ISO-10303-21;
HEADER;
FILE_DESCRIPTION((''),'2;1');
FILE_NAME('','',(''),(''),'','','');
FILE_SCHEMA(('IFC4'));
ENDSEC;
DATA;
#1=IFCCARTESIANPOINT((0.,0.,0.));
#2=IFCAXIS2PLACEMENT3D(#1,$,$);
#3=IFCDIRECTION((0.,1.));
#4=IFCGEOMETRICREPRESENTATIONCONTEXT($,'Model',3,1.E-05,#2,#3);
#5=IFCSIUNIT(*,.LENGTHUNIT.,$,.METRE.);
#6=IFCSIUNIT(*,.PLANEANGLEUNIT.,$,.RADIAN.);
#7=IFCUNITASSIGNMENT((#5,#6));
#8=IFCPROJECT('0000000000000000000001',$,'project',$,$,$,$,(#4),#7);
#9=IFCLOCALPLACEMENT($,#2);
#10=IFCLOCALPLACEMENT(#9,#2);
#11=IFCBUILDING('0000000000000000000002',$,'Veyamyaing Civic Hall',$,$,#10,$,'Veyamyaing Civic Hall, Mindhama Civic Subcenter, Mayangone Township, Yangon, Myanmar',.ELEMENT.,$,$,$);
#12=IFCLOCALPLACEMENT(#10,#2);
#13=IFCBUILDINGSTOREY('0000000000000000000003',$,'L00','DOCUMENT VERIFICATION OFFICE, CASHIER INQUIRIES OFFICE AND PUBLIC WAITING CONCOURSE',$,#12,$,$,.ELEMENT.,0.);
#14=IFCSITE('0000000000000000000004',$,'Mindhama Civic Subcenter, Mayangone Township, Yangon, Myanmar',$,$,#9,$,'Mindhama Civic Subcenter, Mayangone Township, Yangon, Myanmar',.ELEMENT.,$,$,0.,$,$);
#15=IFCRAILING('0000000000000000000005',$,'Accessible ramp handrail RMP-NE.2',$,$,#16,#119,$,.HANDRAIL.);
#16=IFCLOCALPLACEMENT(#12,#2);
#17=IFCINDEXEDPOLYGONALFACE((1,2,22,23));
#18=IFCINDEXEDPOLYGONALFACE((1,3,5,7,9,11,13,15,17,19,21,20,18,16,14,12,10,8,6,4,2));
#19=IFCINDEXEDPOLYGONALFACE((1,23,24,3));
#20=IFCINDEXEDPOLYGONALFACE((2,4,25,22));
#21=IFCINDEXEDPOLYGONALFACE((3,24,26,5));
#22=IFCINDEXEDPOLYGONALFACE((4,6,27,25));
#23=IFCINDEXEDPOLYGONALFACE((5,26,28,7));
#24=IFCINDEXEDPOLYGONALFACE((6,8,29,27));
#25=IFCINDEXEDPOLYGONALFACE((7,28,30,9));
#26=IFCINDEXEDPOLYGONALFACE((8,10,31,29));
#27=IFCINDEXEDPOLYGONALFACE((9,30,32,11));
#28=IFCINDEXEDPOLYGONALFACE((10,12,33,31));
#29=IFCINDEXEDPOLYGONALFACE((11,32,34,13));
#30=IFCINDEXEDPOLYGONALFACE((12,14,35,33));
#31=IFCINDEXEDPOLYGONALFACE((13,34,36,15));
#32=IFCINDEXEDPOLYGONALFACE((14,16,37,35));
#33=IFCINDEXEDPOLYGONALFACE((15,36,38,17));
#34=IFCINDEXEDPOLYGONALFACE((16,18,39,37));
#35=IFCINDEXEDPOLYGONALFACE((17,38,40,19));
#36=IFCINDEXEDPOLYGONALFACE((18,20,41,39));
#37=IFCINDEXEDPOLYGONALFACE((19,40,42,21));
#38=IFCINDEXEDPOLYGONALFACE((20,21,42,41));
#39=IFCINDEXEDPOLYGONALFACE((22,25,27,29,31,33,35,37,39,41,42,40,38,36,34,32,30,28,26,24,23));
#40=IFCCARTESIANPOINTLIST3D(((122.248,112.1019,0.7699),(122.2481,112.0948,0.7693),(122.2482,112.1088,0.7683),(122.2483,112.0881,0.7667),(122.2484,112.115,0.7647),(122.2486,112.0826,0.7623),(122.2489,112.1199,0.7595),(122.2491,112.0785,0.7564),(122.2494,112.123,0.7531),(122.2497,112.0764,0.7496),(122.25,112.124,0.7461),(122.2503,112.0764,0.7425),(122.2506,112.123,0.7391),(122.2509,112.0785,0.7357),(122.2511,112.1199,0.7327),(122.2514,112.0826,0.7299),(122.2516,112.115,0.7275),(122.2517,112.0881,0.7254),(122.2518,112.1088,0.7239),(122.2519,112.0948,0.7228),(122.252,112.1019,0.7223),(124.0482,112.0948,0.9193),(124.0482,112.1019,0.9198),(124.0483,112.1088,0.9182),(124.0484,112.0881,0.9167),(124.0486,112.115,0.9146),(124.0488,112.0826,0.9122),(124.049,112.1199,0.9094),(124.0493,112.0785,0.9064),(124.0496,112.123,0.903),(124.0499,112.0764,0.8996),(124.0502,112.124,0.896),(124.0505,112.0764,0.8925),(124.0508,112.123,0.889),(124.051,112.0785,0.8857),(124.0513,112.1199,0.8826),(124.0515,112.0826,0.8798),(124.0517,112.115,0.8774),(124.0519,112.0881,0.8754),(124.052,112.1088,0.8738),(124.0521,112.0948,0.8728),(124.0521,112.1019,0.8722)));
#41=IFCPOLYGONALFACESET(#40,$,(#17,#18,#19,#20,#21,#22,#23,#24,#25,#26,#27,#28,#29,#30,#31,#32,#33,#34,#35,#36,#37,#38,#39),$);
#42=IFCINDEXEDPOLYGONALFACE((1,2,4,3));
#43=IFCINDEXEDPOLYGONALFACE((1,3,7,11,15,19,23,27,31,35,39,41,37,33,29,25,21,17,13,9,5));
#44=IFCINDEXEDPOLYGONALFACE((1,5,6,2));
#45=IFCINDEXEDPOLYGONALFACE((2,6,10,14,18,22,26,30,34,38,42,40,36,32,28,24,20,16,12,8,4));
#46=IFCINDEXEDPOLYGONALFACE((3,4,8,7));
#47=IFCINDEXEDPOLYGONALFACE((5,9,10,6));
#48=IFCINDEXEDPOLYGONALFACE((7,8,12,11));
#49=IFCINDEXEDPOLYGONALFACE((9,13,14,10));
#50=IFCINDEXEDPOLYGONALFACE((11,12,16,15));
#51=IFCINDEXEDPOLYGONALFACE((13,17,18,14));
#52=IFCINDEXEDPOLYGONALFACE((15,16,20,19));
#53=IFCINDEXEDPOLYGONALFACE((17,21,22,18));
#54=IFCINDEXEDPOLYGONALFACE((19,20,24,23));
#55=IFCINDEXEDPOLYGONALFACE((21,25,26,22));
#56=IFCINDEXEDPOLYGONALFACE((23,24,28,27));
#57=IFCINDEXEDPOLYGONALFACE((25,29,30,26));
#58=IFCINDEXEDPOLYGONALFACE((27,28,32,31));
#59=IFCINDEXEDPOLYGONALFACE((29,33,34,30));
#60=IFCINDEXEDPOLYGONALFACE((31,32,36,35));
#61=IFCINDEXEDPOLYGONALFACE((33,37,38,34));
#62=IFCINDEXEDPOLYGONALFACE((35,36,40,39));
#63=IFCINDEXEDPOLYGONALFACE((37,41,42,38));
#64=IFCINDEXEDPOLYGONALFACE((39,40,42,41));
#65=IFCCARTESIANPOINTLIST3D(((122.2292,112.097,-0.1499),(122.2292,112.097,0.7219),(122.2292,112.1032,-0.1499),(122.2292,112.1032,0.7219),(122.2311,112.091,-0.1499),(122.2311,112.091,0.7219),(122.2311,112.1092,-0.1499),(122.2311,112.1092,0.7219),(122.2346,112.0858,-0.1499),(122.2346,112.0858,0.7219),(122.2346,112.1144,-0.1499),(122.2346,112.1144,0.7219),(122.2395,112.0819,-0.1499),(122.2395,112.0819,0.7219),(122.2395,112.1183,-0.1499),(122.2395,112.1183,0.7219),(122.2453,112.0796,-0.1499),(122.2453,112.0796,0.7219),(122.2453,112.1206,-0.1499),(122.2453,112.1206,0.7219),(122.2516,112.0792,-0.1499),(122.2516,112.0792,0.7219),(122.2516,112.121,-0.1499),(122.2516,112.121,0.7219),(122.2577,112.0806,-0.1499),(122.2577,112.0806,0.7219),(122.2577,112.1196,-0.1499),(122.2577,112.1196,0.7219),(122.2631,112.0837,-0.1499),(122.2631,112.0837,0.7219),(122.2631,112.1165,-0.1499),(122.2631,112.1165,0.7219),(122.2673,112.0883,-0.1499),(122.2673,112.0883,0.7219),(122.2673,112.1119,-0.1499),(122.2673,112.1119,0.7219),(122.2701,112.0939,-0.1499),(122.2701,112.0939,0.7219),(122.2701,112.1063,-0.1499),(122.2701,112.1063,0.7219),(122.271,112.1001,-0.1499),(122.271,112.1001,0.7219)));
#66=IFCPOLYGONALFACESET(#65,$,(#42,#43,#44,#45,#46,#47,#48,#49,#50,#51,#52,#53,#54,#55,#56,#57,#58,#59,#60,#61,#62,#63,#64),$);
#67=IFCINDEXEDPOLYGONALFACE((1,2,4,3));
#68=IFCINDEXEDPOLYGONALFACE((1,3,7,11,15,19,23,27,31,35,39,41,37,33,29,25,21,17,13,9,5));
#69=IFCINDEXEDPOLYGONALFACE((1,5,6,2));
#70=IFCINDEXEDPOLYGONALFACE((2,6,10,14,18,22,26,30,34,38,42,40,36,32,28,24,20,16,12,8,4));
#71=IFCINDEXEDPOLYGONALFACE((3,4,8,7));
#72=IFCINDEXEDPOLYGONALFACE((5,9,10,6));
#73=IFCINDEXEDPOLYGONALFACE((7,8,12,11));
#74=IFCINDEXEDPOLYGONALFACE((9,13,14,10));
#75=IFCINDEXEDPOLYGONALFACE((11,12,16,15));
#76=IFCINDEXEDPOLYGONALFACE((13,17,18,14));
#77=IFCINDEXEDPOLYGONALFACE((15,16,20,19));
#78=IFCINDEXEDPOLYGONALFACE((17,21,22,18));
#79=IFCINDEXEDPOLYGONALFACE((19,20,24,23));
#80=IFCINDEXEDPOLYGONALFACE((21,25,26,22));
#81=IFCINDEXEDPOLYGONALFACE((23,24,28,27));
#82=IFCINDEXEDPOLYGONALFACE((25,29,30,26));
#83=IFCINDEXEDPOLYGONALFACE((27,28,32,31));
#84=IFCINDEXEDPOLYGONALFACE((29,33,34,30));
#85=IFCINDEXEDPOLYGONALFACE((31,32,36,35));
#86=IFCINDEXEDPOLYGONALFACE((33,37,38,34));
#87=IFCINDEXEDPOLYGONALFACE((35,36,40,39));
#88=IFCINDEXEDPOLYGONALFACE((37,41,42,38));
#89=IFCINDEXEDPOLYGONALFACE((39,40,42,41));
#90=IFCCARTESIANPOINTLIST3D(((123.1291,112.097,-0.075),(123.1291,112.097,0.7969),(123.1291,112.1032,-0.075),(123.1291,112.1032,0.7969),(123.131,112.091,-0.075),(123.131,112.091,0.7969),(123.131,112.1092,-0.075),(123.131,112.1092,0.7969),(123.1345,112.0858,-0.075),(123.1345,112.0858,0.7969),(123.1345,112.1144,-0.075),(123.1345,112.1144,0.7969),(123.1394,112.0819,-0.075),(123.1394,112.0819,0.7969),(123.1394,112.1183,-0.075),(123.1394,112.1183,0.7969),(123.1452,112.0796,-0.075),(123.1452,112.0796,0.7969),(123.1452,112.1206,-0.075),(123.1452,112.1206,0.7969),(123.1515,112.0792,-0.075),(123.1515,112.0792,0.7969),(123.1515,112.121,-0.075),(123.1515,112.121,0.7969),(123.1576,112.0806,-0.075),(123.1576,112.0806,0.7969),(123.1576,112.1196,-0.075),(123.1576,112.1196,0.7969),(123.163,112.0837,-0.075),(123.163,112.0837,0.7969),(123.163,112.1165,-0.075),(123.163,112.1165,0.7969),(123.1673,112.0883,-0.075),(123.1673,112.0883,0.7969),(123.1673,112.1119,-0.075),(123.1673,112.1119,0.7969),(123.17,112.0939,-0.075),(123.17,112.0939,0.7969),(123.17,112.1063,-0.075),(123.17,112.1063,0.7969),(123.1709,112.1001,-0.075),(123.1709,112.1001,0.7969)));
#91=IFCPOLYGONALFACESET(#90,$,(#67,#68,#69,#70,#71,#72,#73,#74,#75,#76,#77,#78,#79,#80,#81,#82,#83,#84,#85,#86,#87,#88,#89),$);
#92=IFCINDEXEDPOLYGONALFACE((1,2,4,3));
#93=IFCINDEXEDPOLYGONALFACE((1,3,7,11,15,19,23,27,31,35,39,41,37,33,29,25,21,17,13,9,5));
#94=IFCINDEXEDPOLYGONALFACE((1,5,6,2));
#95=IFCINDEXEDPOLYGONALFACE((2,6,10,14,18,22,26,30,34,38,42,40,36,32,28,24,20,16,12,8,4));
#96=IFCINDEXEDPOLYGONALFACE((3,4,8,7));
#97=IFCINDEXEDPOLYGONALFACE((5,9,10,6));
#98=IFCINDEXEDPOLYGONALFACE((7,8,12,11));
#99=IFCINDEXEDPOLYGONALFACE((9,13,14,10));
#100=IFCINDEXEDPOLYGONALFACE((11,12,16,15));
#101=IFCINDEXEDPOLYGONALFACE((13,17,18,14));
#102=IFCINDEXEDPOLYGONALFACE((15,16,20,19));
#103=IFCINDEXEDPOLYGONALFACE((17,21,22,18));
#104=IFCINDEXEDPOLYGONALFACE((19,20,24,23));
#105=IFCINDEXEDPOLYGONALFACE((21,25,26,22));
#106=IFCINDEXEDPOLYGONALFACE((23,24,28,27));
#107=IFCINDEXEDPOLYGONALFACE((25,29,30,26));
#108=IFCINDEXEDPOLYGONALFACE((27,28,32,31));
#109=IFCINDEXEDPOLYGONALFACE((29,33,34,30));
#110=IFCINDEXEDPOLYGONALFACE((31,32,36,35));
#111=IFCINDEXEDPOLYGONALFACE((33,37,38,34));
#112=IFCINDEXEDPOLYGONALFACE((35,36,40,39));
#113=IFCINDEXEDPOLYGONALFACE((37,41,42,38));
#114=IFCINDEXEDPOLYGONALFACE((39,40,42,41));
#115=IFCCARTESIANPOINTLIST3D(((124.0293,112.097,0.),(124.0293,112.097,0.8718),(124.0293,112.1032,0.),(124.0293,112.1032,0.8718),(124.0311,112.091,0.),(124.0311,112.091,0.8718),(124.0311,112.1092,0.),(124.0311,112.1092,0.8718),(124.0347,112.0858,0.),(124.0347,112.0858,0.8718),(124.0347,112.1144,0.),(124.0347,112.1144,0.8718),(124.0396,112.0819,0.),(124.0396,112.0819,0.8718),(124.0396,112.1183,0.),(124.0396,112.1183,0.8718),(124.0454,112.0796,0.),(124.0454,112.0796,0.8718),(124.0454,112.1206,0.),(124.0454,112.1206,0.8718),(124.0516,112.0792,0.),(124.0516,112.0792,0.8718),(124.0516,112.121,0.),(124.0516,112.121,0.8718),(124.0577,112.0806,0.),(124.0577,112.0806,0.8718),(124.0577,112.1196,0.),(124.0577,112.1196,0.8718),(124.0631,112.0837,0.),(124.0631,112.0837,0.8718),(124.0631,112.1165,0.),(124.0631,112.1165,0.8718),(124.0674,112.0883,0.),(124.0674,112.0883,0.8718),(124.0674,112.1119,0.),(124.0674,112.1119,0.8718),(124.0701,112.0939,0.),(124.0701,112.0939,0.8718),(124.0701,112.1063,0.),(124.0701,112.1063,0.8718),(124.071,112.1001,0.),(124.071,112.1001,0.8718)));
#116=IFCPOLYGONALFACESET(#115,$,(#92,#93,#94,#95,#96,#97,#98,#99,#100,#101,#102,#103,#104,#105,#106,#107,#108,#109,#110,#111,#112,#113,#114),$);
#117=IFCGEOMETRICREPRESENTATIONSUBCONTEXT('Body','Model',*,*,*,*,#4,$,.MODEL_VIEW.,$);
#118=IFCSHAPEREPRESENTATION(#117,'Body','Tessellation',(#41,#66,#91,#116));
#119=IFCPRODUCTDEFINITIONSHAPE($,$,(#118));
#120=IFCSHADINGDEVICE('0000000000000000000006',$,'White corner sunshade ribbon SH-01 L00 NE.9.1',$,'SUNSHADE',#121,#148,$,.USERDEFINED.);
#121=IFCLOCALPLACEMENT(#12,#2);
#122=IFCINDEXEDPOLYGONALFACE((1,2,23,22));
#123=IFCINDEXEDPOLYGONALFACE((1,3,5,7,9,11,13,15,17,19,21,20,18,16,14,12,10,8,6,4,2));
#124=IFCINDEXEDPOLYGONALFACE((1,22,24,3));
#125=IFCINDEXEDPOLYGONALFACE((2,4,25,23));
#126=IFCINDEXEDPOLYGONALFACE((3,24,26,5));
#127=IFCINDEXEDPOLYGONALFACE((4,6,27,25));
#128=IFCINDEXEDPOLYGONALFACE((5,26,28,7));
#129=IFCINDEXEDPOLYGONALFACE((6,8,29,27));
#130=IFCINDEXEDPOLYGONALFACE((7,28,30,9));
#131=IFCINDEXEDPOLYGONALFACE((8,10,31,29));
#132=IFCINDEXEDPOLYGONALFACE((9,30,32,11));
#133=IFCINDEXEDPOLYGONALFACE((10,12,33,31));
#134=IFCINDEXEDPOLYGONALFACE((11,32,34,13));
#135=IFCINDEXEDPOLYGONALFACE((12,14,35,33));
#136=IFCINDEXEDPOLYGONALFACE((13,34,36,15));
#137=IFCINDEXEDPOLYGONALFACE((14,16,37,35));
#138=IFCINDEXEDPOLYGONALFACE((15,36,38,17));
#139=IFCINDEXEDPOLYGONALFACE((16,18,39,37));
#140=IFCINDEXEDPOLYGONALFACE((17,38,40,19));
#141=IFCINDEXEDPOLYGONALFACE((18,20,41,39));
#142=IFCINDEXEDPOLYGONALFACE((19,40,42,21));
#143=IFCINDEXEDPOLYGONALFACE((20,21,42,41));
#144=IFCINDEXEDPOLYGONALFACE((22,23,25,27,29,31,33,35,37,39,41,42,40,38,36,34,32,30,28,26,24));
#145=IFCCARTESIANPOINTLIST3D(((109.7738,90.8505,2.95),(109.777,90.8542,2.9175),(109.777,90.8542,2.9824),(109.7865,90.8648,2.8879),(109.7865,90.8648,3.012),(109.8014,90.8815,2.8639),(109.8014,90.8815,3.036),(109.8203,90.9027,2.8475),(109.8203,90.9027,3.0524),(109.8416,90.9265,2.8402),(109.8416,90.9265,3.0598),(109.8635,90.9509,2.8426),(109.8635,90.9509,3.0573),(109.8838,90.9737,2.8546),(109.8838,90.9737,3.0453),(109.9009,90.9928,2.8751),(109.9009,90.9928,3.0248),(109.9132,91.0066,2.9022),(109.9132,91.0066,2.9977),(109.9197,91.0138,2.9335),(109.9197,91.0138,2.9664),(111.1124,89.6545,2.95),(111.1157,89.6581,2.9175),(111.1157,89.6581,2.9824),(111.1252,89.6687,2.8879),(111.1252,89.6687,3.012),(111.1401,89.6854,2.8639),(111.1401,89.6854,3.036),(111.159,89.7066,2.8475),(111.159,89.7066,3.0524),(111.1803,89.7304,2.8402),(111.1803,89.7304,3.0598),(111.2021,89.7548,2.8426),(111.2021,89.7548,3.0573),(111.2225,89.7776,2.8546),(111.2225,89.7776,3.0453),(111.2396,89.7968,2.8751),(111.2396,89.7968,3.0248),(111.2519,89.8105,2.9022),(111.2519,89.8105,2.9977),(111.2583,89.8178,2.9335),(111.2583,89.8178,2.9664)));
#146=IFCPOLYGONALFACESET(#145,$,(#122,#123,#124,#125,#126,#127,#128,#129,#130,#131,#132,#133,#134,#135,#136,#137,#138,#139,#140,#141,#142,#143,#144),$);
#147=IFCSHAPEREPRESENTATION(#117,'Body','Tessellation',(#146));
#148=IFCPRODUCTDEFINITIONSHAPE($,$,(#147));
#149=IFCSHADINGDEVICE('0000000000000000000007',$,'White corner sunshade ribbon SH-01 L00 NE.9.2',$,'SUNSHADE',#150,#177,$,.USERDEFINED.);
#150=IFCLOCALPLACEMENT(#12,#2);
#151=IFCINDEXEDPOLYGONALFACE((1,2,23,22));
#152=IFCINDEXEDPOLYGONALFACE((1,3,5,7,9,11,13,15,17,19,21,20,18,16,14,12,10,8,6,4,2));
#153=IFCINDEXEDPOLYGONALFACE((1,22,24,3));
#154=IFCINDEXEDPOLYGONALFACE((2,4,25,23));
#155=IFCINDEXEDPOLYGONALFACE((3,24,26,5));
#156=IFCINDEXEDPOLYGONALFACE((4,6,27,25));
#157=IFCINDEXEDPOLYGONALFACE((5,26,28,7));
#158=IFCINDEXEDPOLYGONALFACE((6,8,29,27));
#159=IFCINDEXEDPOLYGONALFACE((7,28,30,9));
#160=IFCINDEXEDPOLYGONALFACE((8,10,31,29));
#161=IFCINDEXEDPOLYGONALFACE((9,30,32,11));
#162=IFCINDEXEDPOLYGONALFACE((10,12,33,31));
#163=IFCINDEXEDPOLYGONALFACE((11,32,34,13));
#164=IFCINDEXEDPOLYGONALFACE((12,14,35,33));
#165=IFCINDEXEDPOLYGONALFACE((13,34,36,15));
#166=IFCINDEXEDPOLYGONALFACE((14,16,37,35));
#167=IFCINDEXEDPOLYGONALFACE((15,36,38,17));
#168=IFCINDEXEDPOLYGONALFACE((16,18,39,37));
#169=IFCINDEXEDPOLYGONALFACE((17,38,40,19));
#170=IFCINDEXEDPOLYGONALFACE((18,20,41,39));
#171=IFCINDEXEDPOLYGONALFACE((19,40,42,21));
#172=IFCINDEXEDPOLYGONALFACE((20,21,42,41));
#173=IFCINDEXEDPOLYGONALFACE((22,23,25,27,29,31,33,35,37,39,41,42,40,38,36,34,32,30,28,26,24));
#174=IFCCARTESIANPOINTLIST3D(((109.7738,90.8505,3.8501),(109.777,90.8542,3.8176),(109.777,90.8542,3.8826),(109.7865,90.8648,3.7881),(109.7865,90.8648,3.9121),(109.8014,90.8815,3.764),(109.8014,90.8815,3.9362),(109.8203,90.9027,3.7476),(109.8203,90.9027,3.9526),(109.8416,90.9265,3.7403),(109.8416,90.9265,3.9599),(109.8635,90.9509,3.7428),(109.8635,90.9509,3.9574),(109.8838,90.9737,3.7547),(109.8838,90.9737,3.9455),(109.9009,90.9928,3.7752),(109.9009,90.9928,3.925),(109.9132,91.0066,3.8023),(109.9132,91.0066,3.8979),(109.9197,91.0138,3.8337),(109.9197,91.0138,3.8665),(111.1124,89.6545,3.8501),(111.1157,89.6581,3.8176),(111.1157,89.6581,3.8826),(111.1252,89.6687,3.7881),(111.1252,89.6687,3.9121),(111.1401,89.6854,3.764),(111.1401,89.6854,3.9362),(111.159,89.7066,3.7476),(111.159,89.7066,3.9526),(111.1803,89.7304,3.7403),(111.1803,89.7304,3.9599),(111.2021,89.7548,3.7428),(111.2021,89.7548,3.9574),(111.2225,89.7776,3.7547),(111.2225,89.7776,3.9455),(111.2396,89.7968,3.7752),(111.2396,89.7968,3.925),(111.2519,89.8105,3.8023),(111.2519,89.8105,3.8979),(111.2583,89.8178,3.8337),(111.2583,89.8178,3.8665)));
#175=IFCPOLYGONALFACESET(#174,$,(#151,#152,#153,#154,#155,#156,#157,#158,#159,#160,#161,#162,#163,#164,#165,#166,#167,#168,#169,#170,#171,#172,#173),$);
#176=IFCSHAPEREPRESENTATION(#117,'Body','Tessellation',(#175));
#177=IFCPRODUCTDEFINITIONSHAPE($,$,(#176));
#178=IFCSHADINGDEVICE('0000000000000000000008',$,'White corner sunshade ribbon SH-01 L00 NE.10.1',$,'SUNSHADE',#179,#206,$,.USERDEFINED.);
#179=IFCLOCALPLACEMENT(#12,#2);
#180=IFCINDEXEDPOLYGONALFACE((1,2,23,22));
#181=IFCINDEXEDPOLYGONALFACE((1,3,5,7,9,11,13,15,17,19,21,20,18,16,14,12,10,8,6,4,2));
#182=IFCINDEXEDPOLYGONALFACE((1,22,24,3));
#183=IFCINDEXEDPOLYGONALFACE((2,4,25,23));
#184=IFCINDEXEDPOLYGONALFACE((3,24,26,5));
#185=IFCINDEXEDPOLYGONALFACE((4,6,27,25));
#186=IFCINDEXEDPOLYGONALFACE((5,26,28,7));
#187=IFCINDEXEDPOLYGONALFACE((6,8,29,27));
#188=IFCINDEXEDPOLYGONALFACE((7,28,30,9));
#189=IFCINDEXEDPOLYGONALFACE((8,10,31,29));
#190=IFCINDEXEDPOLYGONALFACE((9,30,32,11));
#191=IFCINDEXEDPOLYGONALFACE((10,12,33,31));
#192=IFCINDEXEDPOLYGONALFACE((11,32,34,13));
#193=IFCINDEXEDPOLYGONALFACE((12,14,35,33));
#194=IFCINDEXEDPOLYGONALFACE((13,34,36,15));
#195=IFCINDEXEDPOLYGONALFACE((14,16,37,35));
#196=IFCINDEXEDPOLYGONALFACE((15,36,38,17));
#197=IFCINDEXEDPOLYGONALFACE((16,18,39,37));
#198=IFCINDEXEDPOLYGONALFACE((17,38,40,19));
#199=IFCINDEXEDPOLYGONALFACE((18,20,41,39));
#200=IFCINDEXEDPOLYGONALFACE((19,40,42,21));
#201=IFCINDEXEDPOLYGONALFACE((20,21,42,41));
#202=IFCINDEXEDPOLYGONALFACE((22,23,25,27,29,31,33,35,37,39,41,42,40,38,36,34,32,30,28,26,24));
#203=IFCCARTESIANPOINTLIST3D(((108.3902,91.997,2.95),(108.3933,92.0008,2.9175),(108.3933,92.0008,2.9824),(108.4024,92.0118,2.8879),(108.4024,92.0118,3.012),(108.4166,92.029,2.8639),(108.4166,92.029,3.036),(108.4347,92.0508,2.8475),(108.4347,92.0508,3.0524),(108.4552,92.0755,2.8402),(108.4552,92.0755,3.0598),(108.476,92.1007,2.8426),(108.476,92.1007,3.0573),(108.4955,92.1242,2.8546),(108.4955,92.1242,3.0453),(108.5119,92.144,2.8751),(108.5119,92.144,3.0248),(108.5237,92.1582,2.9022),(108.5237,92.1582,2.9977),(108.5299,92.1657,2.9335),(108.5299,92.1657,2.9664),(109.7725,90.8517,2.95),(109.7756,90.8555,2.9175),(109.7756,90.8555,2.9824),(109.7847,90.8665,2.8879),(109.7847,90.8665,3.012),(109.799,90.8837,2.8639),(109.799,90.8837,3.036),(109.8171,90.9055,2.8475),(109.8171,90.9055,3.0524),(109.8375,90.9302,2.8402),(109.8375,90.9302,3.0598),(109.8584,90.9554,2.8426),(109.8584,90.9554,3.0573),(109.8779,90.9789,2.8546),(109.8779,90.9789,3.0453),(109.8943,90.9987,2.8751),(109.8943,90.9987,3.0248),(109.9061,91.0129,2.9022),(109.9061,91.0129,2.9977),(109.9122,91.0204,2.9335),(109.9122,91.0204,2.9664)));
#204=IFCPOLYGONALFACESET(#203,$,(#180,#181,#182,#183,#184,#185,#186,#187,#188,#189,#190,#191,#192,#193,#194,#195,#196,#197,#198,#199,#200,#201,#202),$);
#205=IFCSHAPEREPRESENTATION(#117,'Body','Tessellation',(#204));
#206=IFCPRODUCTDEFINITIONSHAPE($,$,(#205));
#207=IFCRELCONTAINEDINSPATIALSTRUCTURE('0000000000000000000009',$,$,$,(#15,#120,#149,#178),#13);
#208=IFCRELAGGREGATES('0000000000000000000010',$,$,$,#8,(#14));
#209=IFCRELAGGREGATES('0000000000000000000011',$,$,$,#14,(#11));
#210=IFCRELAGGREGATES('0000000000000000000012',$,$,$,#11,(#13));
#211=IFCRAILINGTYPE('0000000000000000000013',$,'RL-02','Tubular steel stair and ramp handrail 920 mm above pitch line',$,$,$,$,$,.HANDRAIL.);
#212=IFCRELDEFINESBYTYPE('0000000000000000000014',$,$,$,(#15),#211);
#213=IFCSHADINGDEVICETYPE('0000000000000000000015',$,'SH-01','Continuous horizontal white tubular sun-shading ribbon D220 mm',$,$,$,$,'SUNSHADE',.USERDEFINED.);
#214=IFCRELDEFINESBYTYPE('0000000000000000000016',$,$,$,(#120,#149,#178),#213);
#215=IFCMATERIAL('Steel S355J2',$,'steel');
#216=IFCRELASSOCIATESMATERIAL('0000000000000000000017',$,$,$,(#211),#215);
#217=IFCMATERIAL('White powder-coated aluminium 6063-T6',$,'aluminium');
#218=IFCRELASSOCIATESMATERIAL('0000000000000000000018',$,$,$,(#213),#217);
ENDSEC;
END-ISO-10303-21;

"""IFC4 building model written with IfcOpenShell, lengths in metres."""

from ifc_helpers import new_model, si_unit, direction, frame, origin, origin_2d, place, context, subcontext, project, spatial, circle, extrude, material, material_profile, profile_set, type_object, element, save


model = new_model("IFC4")

# Units and contexts
model_context = context("Model", 3, precision=1e-05, world=origin(), true_north=direction((0.0, 1.0)))
body_context = subcontext(model_context, "Body", "Model", "MODEL_VIEW")
ifc_project = project(units=[si_unit("LENGTHUNIT", "METRE"), si_unit("PLANEANGLEUNIT", "RADIAN")], contexts=[model_context])

# Site, building, storey
site_placement = place(None, origin())
site = spatial("IfcSite", under=ifc_project, at=site_placement, Name="Mindhama Civic Subcenter, Mayangone Township, Yangon, Myanmar", LongName="Mindhama Civic Subcenter, Mayangone Township, Yangon, Myanmar", CompositionType="ELEMENT", RefElevation=0.0)
building_placement = place(site_placement, origin())
building = spatial("IfcBuilding", under=site, at=building_placement, Name="Veyamyaing Civic Hall", LongName="Veyamyaing Civic Hall, Mindhama Civic Subcenter, Mayangone Township, Yangon, Myanmar", CompositionType="ELEMENT")
storey_placement = place(building_placement, origin())
storey = spatial("IfcBuildingStorey", under=building, at=storey_placement, Name="L00", Description="DOCUMENT VERIFICATION OFFICE, CASHIER INQUIRIES OFFICE AND PUBLIC WAITING CONCOURSE", CompositionType="ELEMENT", Elevation=0.0)

# Shared definitions
ifc_material_1 = material(Name="White powder-coated aluminium 6063-T6", Category="aluminium")

# Railing
ifc_material_2 = material(Name="Steel S355J2", Category="steel")
railing_type = type_object("IfcRailingType", Name="RL-02", Description="Tubular steel stair and ramp handrail 920 mm above pitch line", PredefinedType="HANDRAIL", material=ifc_material_2)
for number, where, name in (
    (1, (122.25, 112.1001, -0.1499), "Accessible ramp handrail RMP-NE.2"),
):
    element("IfcRailing", number, at=place(storey_placement, frame(where)), inside=storey, type_object=railing_type, Name=name, PredefinedType="HANDRAIL", context=body_context, shape_type="SweptSolid", body=[
        extrude(circle(Radius=0.0239, at=origin_2d()), frame((0.0, 0.0, 0.896), z_axis=(0.99655, 0.0, 0.08299), x_axis=(0.0, 1.0, 0.0)), (0.0, 0.0, 1.0), 1.8064),
        extrude(circle(Radius=0.021, at=origin_2d()), origin(), (0.0, 0.0, 1.0), 0.8718),
        extrude(circle(Radius=0.021, at=origin_2d()), frame((0.8999, 0.0, 0.075)), (0.0, 0.0, 1.0), 0.8718),
        extrude(circle(Radius=0.021, at=origin_2d()), frame((1.8, 0.0, 0.1499)), (0.0, 0.0, 1.0), 0.8718),
    ])

# Shading devices
ifc_material_profile_1 = material_profile(ifc_material_1, circle(Radius=0.1101, at=origin_2d()), Name="SHADE-TUBE-220")
ifc_profile_set_1 = profile_set([ifc_material_profile_1], Name="White powder-coated aluminium 6063-T6")
shading_device_type_1 = type_object("IfcShadingDeviceType", Name="SH-01", Description="Continuous horizontal white tubular sun-shading ribbon D220 mm", ElementType="SUNSHADE", PredefinedType="USERDEFINED", material=ifc_profile_set_1)
for number, where, z_axis, x_axis, name in (
    (2, (111.1858, 89.7366, 2.95), (-0.745704, 0.666278, 0.0), (-0.666278, -0.745704, 0.0), "White corner sunshade ribbon SH-01 L00 NE.9.1"),
    (3, (111.1858, 89.7366, 3.8501), (-0.745704, 0.666278, 0.0), (-0.666278, -0.745704, 0.0), "White corner sunshade ribbon SH-01 L00 NE.9.2"),
    (4, (109.8428, 90.9365, 2.95), (-0.770046, 0.637988, 0.0), (-0.637988, -0.770046, 0.0), "White corner sunshade ribbon SH-01 L00 NE.10.1"),
):
    element("IfcShadingDevice", number, at=place(storey_placement, frame(where, z_axis=z_axis, x_axis=x_axis)), inside=storey, type_object=shading_device_type_1, Name=name, ObjectType="SUNSHADE", PredefinedType="USERDEFINED", context=body_context, shape_type="SweptSolid", body=[
        extrude(circle(Radius=0.1101, at=origin_2d()), origin(), (0.0, 0.0, 1.0), 1.7952),
    ])

save(model, "model.ifc")
